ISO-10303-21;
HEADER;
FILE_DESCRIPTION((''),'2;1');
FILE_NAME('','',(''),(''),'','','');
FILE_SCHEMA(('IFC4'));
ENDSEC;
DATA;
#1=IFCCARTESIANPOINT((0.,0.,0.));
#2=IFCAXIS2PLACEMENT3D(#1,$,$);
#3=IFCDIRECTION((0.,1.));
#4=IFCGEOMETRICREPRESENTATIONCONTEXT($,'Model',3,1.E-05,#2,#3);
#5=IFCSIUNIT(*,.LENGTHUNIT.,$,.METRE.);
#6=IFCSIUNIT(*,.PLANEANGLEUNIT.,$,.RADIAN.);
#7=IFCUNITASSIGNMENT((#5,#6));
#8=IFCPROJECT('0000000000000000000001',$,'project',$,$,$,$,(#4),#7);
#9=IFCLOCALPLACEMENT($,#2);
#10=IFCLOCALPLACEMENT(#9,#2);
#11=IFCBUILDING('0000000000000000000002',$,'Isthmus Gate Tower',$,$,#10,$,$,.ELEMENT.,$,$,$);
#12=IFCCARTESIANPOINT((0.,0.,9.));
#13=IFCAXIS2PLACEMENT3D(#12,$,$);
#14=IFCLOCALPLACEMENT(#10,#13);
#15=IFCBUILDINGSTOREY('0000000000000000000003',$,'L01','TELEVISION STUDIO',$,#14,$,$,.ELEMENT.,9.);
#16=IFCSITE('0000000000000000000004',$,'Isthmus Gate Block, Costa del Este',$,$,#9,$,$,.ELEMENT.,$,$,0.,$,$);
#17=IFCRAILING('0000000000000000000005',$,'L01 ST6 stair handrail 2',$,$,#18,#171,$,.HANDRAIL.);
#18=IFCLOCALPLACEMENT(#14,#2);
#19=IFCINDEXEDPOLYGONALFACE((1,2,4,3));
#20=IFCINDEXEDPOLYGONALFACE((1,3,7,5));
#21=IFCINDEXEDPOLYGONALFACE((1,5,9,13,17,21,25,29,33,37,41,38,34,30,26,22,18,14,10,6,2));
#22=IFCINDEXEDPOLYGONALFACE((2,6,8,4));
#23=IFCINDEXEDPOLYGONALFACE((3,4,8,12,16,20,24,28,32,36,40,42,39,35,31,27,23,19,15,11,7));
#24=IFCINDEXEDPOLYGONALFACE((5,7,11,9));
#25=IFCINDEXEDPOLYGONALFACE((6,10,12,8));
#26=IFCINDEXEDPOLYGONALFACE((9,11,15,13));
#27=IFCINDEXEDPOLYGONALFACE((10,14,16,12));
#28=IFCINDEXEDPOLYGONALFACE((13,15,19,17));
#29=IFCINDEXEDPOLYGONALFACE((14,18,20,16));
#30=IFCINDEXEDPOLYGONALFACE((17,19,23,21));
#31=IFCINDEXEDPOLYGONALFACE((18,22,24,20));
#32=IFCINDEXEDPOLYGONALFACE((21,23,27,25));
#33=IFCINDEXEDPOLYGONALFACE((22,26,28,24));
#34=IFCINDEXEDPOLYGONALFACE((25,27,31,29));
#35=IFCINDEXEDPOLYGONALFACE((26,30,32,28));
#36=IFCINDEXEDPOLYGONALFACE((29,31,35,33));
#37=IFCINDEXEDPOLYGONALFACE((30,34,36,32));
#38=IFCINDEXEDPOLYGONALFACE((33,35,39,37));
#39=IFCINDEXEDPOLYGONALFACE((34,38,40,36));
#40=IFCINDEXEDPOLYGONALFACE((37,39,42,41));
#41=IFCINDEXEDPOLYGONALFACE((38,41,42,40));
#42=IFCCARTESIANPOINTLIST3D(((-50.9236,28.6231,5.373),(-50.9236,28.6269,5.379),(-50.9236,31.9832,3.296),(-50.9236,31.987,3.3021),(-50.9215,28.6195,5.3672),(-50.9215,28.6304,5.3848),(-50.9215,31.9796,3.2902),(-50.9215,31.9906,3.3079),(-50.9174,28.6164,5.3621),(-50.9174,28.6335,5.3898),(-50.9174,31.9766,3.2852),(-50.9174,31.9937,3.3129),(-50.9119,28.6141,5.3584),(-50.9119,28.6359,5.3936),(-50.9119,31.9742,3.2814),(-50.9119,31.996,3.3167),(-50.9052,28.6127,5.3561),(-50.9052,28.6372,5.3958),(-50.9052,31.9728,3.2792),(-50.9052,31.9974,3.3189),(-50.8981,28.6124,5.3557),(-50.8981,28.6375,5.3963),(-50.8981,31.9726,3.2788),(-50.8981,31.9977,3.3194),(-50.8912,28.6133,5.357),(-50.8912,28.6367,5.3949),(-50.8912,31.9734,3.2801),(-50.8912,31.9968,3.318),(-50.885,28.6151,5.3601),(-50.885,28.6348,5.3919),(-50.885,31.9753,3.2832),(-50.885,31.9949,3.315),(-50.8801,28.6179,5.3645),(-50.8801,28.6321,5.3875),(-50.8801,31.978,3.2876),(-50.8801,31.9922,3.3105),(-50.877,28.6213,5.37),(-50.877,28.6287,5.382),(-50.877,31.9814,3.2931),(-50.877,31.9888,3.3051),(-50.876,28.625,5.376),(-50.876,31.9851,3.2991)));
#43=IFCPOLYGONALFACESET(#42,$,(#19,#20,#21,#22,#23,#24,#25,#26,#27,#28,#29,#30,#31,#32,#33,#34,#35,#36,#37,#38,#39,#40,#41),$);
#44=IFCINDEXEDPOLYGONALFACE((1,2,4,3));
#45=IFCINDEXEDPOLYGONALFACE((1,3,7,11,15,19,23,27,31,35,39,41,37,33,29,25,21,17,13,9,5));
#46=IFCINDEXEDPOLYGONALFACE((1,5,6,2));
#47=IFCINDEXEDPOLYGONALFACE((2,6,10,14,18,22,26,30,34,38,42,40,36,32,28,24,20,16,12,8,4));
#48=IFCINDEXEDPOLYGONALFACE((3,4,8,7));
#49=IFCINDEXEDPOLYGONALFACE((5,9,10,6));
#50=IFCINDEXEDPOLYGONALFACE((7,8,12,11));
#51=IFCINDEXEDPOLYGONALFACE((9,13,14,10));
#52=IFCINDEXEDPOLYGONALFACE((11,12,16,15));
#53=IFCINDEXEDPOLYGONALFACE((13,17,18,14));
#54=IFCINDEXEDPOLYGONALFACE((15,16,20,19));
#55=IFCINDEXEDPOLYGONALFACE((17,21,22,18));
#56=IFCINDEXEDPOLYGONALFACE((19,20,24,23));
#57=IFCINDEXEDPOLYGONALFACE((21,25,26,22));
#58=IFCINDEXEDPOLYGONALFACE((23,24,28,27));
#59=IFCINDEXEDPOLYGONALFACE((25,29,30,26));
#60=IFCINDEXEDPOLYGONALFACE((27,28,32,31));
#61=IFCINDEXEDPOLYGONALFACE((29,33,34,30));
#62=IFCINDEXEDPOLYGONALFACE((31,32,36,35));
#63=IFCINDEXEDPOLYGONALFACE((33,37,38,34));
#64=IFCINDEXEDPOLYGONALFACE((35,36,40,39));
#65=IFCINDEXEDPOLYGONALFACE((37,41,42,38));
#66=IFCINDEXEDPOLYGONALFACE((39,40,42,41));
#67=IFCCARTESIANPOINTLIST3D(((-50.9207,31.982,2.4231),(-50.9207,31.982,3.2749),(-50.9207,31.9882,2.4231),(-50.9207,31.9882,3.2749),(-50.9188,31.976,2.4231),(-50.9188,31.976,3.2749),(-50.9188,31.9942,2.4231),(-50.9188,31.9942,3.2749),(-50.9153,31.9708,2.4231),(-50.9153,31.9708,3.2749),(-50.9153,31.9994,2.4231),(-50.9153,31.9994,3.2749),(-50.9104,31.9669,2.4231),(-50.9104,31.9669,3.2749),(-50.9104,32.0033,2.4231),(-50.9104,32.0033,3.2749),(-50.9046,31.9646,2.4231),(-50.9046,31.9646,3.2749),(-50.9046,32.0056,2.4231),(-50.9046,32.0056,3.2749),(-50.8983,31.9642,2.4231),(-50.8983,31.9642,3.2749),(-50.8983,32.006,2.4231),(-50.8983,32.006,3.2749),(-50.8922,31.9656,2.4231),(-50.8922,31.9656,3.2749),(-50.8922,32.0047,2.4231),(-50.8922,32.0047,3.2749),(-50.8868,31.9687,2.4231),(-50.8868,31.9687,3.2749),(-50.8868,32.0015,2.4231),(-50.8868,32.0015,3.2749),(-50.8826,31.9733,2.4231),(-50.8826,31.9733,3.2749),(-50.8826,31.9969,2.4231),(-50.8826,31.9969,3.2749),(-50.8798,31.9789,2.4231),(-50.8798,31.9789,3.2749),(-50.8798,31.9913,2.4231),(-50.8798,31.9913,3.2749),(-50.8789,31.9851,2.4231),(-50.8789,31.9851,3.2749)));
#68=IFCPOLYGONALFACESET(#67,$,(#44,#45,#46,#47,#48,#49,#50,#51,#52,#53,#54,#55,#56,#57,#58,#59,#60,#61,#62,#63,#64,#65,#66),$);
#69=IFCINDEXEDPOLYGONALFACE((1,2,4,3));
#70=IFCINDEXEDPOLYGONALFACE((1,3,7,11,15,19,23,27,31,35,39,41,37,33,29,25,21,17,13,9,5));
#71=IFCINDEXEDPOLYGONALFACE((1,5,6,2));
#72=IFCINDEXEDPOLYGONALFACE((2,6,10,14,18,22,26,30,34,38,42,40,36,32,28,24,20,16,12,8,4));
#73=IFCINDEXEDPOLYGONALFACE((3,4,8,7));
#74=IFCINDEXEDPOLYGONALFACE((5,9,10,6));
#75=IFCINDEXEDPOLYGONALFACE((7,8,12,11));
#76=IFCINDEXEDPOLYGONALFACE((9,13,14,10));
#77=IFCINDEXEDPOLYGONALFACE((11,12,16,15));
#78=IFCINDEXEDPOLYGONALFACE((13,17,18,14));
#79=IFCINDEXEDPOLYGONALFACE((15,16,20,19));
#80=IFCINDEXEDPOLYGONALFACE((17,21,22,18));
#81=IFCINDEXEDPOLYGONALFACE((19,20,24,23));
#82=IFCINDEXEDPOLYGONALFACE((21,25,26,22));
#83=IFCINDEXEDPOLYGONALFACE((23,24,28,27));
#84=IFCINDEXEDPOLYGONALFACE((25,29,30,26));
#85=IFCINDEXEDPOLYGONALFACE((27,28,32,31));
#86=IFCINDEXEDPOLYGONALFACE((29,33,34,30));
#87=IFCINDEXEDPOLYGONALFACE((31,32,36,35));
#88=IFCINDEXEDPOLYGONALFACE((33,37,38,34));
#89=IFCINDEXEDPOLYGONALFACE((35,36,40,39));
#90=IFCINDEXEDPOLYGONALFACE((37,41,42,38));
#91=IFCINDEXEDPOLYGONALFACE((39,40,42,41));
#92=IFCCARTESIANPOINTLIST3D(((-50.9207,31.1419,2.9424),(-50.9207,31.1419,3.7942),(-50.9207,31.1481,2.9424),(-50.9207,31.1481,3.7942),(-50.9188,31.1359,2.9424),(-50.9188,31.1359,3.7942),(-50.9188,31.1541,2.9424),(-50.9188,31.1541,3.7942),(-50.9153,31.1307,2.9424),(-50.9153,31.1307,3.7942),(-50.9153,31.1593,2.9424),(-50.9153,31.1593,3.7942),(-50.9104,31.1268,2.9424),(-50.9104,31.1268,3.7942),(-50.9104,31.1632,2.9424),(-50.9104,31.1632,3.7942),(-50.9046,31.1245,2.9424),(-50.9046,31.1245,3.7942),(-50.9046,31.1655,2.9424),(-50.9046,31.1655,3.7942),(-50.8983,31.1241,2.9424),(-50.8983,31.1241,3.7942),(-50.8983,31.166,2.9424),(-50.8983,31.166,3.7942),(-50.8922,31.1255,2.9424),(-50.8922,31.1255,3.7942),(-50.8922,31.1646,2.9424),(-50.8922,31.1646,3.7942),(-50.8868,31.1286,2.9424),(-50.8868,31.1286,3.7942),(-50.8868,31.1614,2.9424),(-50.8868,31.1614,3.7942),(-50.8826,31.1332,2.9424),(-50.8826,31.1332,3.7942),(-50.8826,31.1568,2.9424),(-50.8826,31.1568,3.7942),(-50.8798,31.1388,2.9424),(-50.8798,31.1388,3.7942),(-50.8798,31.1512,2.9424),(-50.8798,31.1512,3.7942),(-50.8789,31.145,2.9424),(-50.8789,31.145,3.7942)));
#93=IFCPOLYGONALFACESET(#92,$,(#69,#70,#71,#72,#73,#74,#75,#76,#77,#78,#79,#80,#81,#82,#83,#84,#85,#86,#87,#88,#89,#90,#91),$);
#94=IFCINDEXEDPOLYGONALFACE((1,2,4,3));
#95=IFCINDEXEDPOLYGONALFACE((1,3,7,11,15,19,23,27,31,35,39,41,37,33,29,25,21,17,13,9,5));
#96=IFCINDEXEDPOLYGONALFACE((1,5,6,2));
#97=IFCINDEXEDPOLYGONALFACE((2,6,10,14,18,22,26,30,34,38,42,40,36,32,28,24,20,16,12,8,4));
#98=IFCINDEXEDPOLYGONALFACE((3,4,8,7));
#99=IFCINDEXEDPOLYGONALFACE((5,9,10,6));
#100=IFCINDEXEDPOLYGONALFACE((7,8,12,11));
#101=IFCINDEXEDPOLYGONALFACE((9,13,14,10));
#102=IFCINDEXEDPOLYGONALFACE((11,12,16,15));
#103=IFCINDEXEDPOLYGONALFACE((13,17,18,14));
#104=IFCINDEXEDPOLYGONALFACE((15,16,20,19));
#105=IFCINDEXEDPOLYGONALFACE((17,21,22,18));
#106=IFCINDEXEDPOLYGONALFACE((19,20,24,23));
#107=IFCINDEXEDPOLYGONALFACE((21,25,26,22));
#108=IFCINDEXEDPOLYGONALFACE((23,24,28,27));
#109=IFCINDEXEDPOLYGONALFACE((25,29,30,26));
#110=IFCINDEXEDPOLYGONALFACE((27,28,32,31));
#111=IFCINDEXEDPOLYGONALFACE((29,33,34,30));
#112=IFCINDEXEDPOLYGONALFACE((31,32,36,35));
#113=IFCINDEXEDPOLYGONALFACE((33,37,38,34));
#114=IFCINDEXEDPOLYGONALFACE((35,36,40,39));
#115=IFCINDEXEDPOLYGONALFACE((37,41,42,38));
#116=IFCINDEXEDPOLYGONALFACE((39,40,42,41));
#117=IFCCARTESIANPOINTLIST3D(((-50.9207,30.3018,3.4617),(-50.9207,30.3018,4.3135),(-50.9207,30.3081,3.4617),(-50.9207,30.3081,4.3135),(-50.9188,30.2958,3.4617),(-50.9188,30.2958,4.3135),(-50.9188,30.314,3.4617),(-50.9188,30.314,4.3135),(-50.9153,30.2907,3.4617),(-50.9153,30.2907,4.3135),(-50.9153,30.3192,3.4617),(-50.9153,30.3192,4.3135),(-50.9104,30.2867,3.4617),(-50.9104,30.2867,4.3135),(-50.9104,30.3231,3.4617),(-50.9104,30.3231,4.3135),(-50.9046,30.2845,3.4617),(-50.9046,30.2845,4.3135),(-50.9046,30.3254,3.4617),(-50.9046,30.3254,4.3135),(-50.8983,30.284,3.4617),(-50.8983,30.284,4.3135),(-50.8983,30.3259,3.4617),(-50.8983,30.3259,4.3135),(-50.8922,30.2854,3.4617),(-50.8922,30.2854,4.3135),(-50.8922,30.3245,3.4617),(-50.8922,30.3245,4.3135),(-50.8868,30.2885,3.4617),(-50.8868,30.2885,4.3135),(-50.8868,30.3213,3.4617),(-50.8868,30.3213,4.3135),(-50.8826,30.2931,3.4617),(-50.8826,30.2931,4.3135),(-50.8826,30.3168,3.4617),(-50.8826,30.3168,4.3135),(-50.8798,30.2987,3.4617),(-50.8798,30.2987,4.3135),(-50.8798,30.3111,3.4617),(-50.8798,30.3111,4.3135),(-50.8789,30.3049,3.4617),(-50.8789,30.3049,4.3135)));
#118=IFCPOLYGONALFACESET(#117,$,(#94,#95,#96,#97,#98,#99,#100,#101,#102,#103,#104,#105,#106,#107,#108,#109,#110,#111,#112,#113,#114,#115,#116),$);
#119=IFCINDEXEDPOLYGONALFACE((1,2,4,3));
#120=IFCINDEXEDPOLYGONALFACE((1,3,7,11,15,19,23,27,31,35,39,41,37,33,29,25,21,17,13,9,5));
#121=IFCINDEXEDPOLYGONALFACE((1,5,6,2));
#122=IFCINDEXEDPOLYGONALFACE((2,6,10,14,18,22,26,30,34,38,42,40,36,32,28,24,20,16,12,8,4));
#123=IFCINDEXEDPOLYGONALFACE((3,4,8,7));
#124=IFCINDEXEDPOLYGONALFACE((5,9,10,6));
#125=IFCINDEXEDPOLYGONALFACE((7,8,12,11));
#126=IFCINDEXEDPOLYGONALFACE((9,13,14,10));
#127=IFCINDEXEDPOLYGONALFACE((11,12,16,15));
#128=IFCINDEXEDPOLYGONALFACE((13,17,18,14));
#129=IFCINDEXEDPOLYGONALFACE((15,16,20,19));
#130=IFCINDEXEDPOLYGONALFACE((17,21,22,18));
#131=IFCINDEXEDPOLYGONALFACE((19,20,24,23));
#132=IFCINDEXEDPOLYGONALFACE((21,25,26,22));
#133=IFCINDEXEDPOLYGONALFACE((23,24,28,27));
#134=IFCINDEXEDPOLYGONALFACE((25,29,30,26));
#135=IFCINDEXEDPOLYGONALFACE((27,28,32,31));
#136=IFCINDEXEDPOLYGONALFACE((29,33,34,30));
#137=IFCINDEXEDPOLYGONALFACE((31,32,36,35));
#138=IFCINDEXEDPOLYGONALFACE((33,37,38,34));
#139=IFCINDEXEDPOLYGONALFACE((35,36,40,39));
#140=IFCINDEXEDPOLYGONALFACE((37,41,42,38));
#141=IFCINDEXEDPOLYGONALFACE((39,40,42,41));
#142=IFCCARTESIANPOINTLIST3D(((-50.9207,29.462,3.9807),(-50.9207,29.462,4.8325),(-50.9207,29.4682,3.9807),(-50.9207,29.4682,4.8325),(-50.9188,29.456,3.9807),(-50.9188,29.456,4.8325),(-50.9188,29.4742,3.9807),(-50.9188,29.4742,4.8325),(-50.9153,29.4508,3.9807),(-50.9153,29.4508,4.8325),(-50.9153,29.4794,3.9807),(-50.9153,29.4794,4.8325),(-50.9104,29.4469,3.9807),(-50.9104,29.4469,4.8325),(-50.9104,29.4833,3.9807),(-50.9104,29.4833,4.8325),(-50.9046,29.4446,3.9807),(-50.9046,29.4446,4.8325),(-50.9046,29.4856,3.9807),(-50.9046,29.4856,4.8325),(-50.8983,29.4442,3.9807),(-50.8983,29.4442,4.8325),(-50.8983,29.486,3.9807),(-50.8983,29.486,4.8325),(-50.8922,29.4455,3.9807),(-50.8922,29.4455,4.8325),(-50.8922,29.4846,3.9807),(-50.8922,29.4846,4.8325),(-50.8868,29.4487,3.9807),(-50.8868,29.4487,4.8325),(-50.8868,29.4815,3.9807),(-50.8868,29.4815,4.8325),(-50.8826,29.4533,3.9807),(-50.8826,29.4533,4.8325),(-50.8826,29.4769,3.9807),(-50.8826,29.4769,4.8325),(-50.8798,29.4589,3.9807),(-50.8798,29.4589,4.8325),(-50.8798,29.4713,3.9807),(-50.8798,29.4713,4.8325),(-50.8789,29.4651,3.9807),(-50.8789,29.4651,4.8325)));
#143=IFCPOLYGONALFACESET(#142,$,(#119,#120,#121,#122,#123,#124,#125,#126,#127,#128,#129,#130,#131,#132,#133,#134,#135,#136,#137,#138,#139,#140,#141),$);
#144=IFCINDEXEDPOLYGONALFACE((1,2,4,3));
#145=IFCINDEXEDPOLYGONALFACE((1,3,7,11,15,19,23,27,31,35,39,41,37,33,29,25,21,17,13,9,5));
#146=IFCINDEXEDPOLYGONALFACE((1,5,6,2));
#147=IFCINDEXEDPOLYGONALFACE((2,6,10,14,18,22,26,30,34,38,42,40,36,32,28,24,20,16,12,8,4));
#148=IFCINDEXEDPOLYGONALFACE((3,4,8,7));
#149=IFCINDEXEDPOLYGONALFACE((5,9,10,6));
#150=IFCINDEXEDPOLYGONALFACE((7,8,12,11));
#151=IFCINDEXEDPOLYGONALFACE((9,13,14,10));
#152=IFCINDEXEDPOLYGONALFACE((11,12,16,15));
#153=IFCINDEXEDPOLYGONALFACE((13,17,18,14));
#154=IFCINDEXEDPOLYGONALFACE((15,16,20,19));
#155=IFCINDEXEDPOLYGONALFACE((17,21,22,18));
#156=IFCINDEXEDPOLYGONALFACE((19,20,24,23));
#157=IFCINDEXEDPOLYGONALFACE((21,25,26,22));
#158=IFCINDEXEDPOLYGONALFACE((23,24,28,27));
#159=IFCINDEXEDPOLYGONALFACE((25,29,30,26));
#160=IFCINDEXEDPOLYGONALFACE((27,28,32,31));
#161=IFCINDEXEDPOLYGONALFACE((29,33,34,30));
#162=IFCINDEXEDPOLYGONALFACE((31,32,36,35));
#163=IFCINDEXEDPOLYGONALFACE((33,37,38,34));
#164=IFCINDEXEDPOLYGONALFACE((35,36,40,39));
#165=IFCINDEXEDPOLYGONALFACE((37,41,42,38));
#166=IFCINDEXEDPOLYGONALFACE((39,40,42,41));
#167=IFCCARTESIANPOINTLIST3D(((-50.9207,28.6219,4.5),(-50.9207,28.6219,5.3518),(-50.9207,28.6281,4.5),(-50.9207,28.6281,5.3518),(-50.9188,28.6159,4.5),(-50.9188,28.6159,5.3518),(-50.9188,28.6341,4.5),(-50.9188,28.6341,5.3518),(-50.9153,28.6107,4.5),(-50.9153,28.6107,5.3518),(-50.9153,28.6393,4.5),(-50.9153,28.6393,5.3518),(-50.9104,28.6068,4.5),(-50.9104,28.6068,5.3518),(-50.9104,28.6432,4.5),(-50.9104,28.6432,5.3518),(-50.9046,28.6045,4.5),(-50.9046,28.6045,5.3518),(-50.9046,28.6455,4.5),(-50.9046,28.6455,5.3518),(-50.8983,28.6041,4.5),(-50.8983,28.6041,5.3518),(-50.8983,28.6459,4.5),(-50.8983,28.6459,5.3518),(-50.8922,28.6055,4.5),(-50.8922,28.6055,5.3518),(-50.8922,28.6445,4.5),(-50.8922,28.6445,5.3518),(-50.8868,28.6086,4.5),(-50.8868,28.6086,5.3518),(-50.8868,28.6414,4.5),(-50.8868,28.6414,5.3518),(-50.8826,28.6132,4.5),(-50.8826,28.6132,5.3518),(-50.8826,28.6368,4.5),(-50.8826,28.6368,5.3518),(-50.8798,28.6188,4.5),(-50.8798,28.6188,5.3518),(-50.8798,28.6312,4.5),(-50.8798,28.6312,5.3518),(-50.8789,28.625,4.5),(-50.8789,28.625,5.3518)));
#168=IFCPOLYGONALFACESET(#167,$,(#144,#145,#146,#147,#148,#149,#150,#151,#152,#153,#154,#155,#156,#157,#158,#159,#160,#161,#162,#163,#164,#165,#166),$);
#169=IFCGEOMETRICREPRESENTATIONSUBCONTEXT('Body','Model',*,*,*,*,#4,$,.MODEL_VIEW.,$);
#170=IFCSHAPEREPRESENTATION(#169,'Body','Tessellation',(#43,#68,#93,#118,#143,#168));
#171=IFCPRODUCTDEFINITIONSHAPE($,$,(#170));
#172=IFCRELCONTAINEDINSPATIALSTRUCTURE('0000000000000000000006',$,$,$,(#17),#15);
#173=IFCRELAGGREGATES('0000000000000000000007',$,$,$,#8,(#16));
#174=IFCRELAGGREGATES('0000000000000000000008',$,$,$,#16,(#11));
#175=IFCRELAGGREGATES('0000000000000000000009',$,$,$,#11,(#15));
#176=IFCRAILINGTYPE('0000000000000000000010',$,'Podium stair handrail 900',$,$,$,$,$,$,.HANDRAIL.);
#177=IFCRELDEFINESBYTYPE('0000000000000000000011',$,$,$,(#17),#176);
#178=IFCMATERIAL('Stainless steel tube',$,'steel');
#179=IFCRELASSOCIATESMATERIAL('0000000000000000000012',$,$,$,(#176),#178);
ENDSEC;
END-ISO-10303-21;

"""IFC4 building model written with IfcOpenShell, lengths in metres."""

from ifc_helpers import new_model, si_unit, direction, frame, origin, origin_2d, place, context, subcontext, project, spatial, circle, extrude, material, type_object, element, save


model = new_model("IFC4")

# Units and contexts
model_context = context("Model", 3, precision=1e-05, world=origin(), true_north=direction((0.0, 1.0)))
body_context = subcontext(model_context, "Body", "Model", "MODEL_VIEW")
ifc_project = project(units=[si_unit("LENGTHUNIT", "METRE"), si_unit("PLANEANGLEUNIT", "RADIAN")], contexts=[model_context])

# Site, building, storey
site_placement = place(None, origin())
site = spatial("IfcSite", under=ifc_project, at=site_placement, Name="Isthmus Gate Block, Costa del Este", CompositionType="ELEMENT", RefElevation=0.0)
building_placement = place(site_placement, origin())
building = spatial("IfcBuilding", under=site, at=building_placement, Name="Isthmus Gate Tower", CompositionType="ELEMENT")
storey_placement = place(building_placement, frame((0.0, 0.0, 9.0)))
storey = spatial("IfcBuildingStorey", under=building, at=storey_placement, Name="L01", Description="TELEVISION STUDIO", CompositionType="ELEMENT", Elevation=9.0)

# Railing
ifc_material_1 = material(Name="Stainless steel tube", Category="steel")
railing_type_1 = type_object("IfcRailingType", Name="Podium stair handrail 900", PredefinedType="HANDRAIL", material=ifc_material_1)
for number, where, name in (
    (1, (-50.8999, 31.9851, 2.4231), "L01 ST6 stair handrail 2"),
):
    element("IfcRailing", number, at=place(storey_placement, frame(where)), inside=storey, type_object=railing_type_1, Name=name, PredefinedType="HANDRAIL", context=body_context, shape_type="SweptSolid", body=[
        extrude(circle(Radius=0.0239, at=origin_2d()), frame((0.0, 0.0, 0.876), z_axis=(0.0, -0.850623, 0.525776), x_axis=(1.0, 0.0, 0.0)), (0.0, 0.0, 1.0), 3.9502),
        extrude(circle(Radius=0.021, at=origin_2d()), origin(), (0.0, 0.0, 1.0), 0.8518),
        extrude(circle(Radius=0.021, at=origin_2d()), frame((0.0, -0.8401, 0.5193)), (0.0, 0.0, 1.0), 0.8518),
        extrude(circle(Radius=0.021, at=origin_2d()), frame((0.0, -1.6802, 1.0386)), (0.0, 0.0, 1.0), 0.8518),
        extrude(circle(Radius=0.021, at=origin_2d()), frame((0.0, -2.52, 1.5576)), (0.0, 0.0, 1.0), 0.8518),
        extrude(circle(Radius=0.021, at=origin_2d()), frame((0.0, -3.3601, 2.0769)), (0.0, 0.0, 1.0), 0.8518),
    ])

save(model, "model.ifc")
